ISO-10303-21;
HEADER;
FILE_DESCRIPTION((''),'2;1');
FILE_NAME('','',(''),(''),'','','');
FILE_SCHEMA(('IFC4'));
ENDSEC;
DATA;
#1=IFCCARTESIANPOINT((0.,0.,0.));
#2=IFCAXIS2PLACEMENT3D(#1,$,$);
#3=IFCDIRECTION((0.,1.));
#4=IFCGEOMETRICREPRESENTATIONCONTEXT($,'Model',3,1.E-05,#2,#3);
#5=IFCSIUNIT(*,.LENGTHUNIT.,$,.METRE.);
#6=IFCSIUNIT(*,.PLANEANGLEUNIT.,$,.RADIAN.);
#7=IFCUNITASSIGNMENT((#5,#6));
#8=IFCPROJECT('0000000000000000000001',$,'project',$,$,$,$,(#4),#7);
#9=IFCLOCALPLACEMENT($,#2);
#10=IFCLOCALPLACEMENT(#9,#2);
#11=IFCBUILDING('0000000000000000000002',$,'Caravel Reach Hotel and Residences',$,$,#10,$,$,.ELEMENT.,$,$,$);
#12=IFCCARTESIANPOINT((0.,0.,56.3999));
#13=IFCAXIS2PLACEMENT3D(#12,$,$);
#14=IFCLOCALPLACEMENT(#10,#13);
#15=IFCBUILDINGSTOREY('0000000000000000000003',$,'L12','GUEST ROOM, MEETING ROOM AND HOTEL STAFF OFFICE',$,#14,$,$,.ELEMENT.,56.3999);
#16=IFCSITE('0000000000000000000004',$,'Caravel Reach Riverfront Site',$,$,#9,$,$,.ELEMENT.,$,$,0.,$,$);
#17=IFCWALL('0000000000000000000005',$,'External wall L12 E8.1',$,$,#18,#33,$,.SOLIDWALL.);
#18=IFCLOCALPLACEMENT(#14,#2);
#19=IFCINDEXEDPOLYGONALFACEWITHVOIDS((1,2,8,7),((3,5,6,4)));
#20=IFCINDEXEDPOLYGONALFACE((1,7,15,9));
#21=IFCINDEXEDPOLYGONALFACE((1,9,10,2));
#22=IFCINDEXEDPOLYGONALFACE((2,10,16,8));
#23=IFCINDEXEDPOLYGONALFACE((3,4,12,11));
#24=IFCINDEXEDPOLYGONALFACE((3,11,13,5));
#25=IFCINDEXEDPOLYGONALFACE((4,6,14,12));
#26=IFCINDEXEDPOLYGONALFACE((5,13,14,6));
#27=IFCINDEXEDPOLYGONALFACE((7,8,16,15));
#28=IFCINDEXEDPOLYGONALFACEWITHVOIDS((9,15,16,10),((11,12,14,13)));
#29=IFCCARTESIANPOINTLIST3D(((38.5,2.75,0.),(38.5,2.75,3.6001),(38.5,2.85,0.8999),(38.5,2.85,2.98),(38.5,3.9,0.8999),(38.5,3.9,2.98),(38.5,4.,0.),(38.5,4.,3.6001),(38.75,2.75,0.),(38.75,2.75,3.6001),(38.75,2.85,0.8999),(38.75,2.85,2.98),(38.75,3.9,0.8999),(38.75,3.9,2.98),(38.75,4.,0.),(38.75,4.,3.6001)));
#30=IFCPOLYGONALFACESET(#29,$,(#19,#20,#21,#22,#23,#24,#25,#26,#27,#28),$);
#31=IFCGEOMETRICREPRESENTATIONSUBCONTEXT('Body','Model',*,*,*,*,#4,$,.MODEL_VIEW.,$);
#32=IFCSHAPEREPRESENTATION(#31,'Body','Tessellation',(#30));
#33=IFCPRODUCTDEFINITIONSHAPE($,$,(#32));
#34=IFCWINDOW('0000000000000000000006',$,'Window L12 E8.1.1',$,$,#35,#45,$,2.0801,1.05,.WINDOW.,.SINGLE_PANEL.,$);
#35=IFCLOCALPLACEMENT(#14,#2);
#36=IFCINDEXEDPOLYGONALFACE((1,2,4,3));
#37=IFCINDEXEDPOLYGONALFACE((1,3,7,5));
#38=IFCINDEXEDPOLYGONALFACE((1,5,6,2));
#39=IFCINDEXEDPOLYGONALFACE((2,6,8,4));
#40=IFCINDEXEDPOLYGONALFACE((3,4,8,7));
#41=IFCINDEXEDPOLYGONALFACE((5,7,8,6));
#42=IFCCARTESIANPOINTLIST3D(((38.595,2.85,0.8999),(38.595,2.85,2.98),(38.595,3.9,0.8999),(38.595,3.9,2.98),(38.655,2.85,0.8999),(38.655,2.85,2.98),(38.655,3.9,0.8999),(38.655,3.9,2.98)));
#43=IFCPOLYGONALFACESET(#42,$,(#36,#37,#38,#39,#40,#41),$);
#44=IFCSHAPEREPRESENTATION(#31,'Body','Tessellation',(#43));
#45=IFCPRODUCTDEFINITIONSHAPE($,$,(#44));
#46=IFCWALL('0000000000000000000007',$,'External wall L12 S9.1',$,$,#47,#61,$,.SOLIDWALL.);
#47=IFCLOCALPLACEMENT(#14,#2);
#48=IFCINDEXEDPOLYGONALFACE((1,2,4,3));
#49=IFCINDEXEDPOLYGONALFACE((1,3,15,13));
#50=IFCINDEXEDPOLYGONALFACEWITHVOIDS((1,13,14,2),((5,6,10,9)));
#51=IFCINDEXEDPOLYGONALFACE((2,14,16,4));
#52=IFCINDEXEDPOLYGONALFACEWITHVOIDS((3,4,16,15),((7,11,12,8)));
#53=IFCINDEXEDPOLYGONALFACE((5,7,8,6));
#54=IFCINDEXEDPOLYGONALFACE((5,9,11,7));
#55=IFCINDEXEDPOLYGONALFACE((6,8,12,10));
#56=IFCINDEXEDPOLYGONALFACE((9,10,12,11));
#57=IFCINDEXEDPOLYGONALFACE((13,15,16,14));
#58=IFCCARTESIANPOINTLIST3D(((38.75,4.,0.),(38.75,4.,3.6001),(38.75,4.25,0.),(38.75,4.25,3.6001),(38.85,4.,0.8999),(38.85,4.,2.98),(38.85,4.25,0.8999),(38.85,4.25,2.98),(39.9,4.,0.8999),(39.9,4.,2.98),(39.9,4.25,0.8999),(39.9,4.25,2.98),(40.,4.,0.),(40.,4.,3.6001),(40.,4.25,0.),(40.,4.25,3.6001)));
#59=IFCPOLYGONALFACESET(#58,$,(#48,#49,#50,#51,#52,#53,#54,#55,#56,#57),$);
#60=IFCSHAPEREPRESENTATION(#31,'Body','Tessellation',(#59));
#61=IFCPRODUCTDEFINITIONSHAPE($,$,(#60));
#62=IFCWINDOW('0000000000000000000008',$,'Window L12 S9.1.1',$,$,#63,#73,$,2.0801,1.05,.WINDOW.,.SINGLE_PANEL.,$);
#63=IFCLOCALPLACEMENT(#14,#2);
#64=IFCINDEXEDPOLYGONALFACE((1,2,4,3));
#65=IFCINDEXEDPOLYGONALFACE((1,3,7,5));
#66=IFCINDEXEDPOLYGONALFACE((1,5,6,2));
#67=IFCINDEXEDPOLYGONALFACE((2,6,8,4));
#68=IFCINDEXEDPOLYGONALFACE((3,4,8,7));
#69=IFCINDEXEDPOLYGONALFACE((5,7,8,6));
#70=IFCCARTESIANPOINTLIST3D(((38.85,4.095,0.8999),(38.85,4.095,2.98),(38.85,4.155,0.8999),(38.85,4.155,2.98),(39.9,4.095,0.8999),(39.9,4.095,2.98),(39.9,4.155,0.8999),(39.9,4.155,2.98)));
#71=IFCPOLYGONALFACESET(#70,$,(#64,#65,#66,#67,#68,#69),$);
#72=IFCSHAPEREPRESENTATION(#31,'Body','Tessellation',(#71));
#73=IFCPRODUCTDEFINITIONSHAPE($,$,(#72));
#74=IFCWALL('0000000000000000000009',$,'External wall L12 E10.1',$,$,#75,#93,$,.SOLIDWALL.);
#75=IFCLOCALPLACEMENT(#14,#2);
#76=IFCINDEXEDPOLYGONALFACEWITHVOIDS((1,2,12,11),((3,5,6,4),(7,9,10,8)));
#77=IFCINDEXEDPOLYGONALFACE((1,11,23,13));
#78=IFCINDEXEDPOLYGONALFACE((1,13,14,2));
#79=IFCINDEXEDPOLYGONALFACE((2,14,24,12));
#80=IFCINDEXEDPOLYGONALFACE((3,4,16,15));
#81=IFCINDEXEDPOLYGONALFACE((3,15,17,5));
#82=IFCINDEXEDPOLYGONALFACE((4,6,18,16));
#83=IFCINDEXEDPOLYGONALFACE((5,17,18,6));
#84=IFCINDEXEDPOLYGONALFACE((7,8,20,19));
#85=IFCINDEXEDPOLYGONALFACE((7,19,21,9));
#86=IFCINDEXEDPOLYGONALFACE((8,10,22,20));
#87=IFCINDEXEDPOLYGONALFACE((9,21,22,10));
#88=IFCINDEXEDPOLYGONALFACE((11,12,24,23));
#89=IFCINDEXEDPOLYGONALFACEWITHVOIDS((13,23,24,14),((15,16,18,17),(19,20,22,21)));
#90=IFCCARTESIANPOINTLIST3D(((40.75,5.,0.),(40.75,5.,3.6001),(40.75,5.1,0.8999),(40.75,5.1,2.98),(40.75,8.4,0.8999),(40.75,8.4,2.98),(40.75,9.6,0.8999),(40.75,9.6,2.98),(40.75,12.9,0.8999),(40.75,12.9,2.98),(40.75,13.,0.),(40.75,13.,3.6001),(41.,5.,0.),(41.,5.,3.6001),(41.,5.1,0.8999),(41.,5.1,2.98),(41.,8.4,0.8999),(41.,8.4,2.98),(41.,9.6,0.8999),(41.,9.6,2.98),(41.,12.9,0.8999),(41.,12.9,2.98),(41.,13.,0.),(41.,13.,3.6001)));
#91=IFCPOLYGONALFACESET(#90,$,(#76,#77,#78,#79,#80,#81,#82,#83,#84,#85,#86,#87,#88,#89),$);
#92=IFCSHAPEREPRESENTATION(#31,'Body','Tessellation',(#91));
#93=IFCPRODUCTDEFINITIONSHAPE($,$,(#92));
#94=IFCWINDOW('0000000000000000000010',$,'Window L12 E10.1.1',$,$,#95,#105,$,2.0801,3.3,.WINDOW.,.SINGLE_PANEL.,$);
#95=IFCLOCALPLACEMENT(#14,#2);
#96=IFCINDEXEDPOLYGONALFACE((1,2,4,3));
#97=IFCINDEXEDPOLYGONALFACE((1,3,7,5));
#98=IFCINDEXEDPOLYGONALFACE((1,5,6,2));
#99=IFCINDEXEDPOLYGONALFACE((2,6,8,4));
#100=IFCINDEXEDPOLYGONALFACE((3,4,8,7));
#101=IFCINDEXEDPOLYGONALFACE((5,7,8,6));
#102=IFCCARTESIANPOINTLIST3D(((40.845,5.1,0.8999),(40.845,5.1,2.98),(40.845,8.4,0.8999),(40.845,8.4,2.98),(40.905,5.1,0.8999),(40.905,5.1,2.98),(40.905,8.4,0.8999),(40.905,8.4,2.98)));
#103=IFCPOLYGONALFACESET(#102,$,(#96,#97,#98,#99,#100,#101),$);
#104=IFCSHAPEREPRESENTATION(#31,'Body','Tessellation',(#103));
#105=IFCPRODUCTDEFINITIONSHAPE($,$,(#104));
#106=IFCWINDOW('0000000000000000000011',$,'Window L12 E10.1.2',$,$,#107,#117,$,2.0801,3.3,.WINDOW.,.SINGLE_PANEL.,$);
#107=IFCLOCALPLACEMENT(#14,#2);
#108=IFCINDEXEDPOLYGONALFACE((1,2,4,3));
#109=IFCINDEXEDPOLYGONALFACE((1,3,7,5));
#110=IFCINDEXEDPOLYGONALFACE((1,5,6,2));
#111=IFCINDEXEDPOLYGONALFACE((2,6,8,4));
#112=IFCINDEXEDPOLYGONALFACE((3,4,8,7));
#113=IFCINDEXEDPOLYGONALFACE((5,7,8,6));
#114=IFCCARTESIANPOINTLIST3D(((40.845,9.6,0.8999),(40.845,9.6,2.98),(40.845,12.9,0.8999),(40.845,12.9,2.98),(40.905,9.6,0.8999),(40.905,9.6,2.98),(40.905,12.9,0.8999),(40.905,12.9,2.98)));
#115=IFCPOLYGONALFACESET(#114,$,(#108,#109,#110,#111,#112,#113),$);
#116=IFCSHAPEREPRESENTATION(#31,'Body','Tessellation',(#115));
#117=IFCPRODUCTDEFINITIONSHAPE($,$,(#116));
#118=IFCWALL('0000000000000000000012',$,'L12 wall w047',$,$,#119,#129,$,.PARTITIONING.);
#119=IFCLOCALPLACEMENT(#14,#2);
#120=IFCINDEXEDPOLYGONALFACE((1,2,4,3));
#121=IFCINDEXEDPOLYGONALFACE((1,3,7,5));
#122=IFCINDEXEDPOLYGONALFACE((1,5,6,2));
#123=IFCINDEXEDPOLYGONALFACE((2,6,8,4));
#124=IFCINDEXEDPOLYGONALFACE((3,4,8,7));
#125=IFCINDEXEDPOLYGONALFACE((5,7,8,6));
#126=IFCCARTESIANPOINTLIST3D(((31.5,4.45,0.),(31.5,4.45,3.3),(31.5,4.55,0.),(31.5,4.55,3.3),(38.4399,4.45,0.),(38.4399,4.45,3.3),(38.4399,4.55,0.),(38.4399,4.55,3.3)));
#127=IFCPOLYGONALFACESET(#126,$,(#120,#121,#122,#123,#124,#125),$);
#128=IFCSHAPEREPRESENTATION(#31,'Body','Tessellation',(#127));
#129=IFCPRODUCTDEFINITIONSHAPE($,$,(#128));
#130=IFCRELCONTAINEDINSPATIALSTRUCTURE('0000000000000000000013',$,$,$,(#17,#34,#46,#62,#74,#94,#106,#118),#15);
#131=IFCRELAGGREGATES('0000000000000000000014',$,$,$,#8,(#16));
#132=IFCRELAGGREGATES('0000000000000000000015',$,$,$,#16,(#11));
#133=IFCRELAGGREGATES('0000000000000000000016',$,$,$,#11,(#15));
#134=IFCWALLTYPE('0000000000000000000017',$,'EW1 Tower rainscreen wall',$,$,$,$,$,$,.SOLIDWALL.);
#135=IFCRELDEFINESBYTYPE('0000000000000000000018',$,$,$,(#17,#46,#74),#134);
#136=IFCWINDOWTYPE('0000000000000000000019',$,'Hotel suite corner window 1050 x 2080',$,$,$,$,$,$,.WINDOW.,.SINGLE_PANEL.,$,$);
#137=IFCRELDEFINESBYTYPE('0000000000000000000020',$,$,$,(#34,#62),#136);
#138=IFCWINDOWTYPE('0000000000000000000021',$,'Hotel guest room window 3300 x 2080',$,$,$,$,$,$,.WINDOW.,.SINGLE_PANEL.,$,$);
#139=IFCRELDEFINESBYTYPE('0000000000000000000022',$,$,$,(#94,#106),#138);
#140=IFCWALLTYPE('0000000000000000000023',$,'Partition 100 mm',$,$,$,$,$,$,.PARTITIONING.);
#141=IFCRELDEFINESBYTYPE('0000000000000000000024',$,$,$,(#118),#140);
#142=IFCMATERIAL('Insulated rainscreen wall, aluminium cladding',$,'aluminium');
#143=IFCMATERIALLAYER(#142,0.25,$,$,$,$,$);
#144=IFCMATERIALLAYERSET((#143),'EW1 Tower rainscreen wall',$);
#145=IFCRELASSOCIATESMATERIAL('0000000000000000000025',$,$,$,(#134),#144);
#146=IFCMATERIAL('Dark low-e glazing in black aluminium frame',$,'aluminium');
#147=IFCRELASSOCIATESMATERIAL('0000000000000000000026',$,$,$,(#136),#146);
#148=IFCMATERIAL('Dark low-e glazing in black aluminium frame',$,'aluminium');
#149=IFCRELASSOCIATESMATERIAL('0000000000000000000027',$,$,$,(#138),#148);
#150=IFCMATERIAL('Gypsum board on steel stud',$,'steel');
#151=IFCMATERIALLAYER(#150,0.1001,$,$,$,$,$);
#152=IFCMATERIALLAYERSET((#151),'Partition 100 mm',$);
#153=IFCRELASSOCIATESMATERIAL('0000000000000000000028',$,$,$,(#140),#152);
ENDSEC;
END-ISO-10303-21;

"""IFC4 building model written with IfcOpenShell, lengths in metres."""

from ifc_helpers import new_model, si_unit, direction, frame, frame_2d, origin, place, context, subcontext, project, spatial, rectangle, extrude, material, layer, layer_set, type_object, element, fill, save


model = new_model("IFC4")

# Units and contexts
model_context = context("Model", 3, precision=1e-05, world=origin(), true_north=direction((0.0, 1.0)))
body_context = subcontext(model_context, "Body", "Model", "MODEL_VIEW")
ifc_project = project(units=[si_unit("LENGTHUNIT", "METRE"), si_unit("PLANEANGLEUNIT", "RADIAN")], contexts=[model_context])

# Site, building, storey
site_placement = place(None, origin())
site = spatial("IfcSite", under=ifc_project, at=site_placement, Name="Caravel Reach Riverfront Site", CompositionType="ELEMENT", RefElevation=0.0)
building_placement = place(site_placement, origin())
building = spatial("IfcBuilding", under=site, at=building_placement, Name="Caravel Reach Hotel and Residences", CompositionType="ELEMENT")
storey_placement = place(building_placement, frame((0.0, 0.0, 56.3999)))
storey = spatial("IfcBuildingStorey", under=building, at=storey_placement, Name="L12", Description="GUEST ROOM, MEETING ROOM AND HOTEL STAFF OFFICE", CompositionType="ELEMENT", Elevation=56.3999)

# Walls, openings, windows
ifc_material_1 = material(Name="Insulated rainscreen wall, aluminium cladding", Category="aluminium")
ifc_layer_1 = layer(ifc_material_1, 0.25)
ifc_layer_set_1 = layer_set([ifc_layer_1], Name="EW1 Tower rainscreen wall")
wall_type_1 = type_object("IfcWallType", Name="EW1 Tower rainscreen wall", PredefinedType="SOLIDWALL", material=ifc_layer_set_1)
ifc_material_2 = material(Name="Dark low-e glazing in black aluminium frame", Category="aluminium")
window_type_1 = type_object("IfcWindowType", Name="Hotel suite corner window 1050 x 2080", PartitioningType="SINGLE_PANEL", PredefinedType="WINDOW", material=ifc_material_2)
wall_1_placement = place(storey_placement, frame((38.625, 2.75, 0.0), z_axis=(0.0, 0.0, 1.0), x_axis=(0.0, 1.0, 0.0)))
wall_1 = element("IfcWall", 1, at=wall_1_placement, inside=storey, type_object=wall_type_1, Name="External wall L12 E8.1", PredefinedType="SOLIDWALL", context=body_context, shape_type="SweptSolid", body=[
    extrude(rectangle(XDim=1.25, YDim=0.25, at=frame_2d((0.625, 0.0))), origin(), (0.0, 0.0, 1.0), 3.6001),
])
opening_1_placement = place(wall_1_placement, frame((0.1001, 0.0, 0.8999)))
opening_1 = element("IfcOpeningElement", 2, at=opening_1_placement, cuts=wall_1, PredefinedType="OPENING", context=body_context, shape_type="SweptSolid", body=[
    extrude(rectangle(XDim=1.05, YDim=2.0801, at=frame_2d((0.5249, 1.04))), frame((0.0, 0.135, 0.0), z_axis=(0.0, -1.0, 0.0), x_axis=(1.0, 0.0, 0.0)), (0.0, 0.0, 1.0), 0.27),
])
window_1_placement = place(opening_1_placement, origin())
window_1 = element("IfcWindow", 3, at=window_1_placement, inside=storey, type_object=window_type_1, Name="Window L12 E8.1.1", OverallHeight=2.0801, OverallWidth=1.05, PartitioningType="SINGLE_PANEL", PredefinedType="WINDOW", context=body_context, shape_type="SweptSolid", body=[
    extrude(rectangle(XDim=1.05, YDim=2.0801, at=frame_2d((0.5249, 1.04))), frame((0.0, 0.03, 0.0), z_axis=(0.0, -1.0, 0.0), x_axis=(1.0, 0.0, 0.0)), (0.0, 0.0, 1.0), 0.0601),
])
fill(opening_1, window_1)
wall_2_placement = place(storey_placement, frame((38.75, 4.125, 0.0), z_axis=(0.0, 0.0, 1.0), x_axis=(1.0, 0.0, 0.0)))
wall_2 = element("IfcWall", 4, at=wall_2_placement, inside=storey, type_object=wall_type_1, Name="External wall L12 S9.1", PredefinedType="SOLIDWALL", context=body_context, shape_type="SweptSolid", body=[
    extrude(rectangle(XDim=1.25, YDim=0.25, at=frame_2d((0.625, 0.0))), origin(), (0.0, 0.0, 1.0), 3.6001),
])
opening_2_placement = place(wall_2_placement, frame((0.1001, 0.0, 0.8999)))
opening_2 = element("IfcOpeningElement", 5, at=opening_2_placement, cuts=wall_2, PredefinedType="OPENING", context=body_context, shape_type="SweptSolid", body=[
    extrude(rectangle(XDim=1.05, YDim=2.0801, at=frame_2d((0.5249, 1.04))), frame((0.0, 0.135, 0.0), z_axis=(0.0, -1.0, 0.0), x_axis=(1.0, 0.0, 0.0)), (0.0, 0.0, 1.0), 0.27),
])
window_2_placement = place(opening_2_placement, origin())
window_2 = element("IfcWindow", 6, at=window_2_placement, inside=storey, type_object=window_type_1, Name="Window L12 S9.1.1", OverallHeight=2.0801, OverallWidth=1.05, PartitioningType="SINGLE_PANEL", PredefinedType="WINDOW", context=body_context, shape_type="SweptSolid", body=[
    extrude(rectangle(XDim=1.05, YDim=2.0801, at=frame_2d((0.5249, 1.04))), frame((0.0, 0.03, 0.0), z_axis=(0.0, -1.0, 0.0), x_axis=(1.0, 0.0, 0.0)), (0.0, 0.0, 1.0), 0.0601),
])
fill(opening_2, window_2)

# Wall, openings, windows
wall_3_placement = place(storey_placement, frame((40.875, 5.0, 0.0), z_axis=(0.0, 0.0, 1.0), x_axis=(0.0, 1.0, 0.0)))
wall_3 = element("IfcWall", 7, at=wall_3_placement, inside=storey, type_object=wall_type_1, Name="External wall L12 E10.1", PredefinedType="SOLIDWALL", context=body_context, shape_type="SweptSolid", body=[
    extrude(rectangle(XDim=8.0, YDim=0.25, at=frame_2d((4.0, 0.0))), origin(), (0.0, 0.0, 1.0), 3.6001),
])
opening_3_placement = place(wall_3_placement, frame((0.1001, 0.0, 0.8999)))
opening_3 = element("IfcOpeningElement", 8, at=opening_3_placement, cuts=wall_3, PredefinedType="OPENING", context=body_context, shape_type="SweptSolid", body=[
    extrude(rectangle(XDim=3.3, YDim=2.0801, at=frame_2d((1.6499, 1.04))), frame((0.0, 0.135, 0.0), z_axis=(0.0, -1.0, 0.0), x_axis=(1.0, 0.0, 0.0)), (0.0, 0.0, 1.0), 0.27),
])
opening_4_placement = place(wall_3_placement, frame((4.6001, 0.0, 0.8999)))
opening_4 = element("IfcOpeningElement", 9, at=opening_4_placement, cuts=wall_3, PredefinedType="OPENING", context=body_context, shape_type="SweptSolid", body=[
    extrude(rectangle(XDim=3.3, YDim=2.0801, at=frame_2d((1.6499, 1.04))), frame((0.0, 0.135, 0.0), z_axis=(0.0, -1.0, 0.0), x_axis=(1.0, 0.0, 0.0)), (0.0, 0.0, 1.0), 0.27),
])
ifc_material_3 = material(Name="Dark low-e glazing in black aluminium frame", Category="aluminium")
window_type_2 = type_object("IfcWindowType", Name="Hotel guest room window 3300 x 2080", PartitioningType="SINGLE_PANEL", PredefinedType="WINDOW", material=ifc_material_3)
window_3_placement = place(opening_3_placement, origin())
window_3 = element("IfcWindow", 10, at=window_3_placement, inside=storey, type_object=window_type_2, Name="Window L12 E10.1.1", OverallHeight=2.0801, OverallWidth=3.3, PartitioningType="SINGLE_PANEL", PredefinedType="WINDOW", context=body_context, shape_type="SweptSolid", body=[
    extrude(rectangle(XDim=3.3, YDim=2.0801, at=frame_2d((1.6499, 1.04))), frame((0.0, 0.03, 0.0), z_axis=(0.0, -1.0, 0.0), x_axis=(1.0, 0.0, 0.0)), (0.0, 0.0, 1.0), 0.0601),
])
fill(opening_3, window_3)
window_4_placement = place(opening_4_placement, origin())
window_4 = element("IfcWindow", 11, at=window_4_placement, inside=storey, type_object=window_type_2, Name="Window L12 E10.1.2", OverallHeight=2.0801, OverallWidth=3.3, PartitioningType="SINGLE_PANEL", PredefinedType="WINDOW", context=body_context, shape_type="SweptSolid", body=[
    extrude(rectangle(XDim=3.3, YDim=2.0801, at=frame_2d((1.6499, 1.04))), frame((0.0, 0.03, 0.0), z_axis=(0.0, -1.0, 0.0), x_axis=(1.0, 0.0, 0.0)), (0.0, 0.0, 1.0), 0.0601),
])
fill(opening_4, window_4)

# Wall
ifc_material_4 = material(Name="Gypsum board on steel stud", Category="steel")
ifc_layer_2 = layer(ifc_material_4, 0.1001)
ifc_layer_set_2 = layer_set([ifc_layer_2], Name="Partition 100 mm")
wall_type_2 = type_object("IfcWallType", Name="Partition 100 mm", PredefinedType="PARTITIONING", material=ifc_layer_set_2)
wall_4_placement = place(storey_placement, frame((31.5, 4.5, 0.0), z_axis=(0.0, 0.0, 1.0), x_axis=(1.0, 0.0, 0.0)))
element("IfcWall", 12, at=wall_4_placement, inside=storey, type_object=wall_type_2, Name="L12 wall w047", PredefinedType="PARTITIONING", context=body_context, shape_type="SweptSolid", body=[
    extrude(rectangle(XDim=6.9399, YDim=0.1001, at=frame_2d((3.47, 0.0))), origin(), (0.0, 0.0, 1.0), 3.3),
])

save(model, "model.ifc")
